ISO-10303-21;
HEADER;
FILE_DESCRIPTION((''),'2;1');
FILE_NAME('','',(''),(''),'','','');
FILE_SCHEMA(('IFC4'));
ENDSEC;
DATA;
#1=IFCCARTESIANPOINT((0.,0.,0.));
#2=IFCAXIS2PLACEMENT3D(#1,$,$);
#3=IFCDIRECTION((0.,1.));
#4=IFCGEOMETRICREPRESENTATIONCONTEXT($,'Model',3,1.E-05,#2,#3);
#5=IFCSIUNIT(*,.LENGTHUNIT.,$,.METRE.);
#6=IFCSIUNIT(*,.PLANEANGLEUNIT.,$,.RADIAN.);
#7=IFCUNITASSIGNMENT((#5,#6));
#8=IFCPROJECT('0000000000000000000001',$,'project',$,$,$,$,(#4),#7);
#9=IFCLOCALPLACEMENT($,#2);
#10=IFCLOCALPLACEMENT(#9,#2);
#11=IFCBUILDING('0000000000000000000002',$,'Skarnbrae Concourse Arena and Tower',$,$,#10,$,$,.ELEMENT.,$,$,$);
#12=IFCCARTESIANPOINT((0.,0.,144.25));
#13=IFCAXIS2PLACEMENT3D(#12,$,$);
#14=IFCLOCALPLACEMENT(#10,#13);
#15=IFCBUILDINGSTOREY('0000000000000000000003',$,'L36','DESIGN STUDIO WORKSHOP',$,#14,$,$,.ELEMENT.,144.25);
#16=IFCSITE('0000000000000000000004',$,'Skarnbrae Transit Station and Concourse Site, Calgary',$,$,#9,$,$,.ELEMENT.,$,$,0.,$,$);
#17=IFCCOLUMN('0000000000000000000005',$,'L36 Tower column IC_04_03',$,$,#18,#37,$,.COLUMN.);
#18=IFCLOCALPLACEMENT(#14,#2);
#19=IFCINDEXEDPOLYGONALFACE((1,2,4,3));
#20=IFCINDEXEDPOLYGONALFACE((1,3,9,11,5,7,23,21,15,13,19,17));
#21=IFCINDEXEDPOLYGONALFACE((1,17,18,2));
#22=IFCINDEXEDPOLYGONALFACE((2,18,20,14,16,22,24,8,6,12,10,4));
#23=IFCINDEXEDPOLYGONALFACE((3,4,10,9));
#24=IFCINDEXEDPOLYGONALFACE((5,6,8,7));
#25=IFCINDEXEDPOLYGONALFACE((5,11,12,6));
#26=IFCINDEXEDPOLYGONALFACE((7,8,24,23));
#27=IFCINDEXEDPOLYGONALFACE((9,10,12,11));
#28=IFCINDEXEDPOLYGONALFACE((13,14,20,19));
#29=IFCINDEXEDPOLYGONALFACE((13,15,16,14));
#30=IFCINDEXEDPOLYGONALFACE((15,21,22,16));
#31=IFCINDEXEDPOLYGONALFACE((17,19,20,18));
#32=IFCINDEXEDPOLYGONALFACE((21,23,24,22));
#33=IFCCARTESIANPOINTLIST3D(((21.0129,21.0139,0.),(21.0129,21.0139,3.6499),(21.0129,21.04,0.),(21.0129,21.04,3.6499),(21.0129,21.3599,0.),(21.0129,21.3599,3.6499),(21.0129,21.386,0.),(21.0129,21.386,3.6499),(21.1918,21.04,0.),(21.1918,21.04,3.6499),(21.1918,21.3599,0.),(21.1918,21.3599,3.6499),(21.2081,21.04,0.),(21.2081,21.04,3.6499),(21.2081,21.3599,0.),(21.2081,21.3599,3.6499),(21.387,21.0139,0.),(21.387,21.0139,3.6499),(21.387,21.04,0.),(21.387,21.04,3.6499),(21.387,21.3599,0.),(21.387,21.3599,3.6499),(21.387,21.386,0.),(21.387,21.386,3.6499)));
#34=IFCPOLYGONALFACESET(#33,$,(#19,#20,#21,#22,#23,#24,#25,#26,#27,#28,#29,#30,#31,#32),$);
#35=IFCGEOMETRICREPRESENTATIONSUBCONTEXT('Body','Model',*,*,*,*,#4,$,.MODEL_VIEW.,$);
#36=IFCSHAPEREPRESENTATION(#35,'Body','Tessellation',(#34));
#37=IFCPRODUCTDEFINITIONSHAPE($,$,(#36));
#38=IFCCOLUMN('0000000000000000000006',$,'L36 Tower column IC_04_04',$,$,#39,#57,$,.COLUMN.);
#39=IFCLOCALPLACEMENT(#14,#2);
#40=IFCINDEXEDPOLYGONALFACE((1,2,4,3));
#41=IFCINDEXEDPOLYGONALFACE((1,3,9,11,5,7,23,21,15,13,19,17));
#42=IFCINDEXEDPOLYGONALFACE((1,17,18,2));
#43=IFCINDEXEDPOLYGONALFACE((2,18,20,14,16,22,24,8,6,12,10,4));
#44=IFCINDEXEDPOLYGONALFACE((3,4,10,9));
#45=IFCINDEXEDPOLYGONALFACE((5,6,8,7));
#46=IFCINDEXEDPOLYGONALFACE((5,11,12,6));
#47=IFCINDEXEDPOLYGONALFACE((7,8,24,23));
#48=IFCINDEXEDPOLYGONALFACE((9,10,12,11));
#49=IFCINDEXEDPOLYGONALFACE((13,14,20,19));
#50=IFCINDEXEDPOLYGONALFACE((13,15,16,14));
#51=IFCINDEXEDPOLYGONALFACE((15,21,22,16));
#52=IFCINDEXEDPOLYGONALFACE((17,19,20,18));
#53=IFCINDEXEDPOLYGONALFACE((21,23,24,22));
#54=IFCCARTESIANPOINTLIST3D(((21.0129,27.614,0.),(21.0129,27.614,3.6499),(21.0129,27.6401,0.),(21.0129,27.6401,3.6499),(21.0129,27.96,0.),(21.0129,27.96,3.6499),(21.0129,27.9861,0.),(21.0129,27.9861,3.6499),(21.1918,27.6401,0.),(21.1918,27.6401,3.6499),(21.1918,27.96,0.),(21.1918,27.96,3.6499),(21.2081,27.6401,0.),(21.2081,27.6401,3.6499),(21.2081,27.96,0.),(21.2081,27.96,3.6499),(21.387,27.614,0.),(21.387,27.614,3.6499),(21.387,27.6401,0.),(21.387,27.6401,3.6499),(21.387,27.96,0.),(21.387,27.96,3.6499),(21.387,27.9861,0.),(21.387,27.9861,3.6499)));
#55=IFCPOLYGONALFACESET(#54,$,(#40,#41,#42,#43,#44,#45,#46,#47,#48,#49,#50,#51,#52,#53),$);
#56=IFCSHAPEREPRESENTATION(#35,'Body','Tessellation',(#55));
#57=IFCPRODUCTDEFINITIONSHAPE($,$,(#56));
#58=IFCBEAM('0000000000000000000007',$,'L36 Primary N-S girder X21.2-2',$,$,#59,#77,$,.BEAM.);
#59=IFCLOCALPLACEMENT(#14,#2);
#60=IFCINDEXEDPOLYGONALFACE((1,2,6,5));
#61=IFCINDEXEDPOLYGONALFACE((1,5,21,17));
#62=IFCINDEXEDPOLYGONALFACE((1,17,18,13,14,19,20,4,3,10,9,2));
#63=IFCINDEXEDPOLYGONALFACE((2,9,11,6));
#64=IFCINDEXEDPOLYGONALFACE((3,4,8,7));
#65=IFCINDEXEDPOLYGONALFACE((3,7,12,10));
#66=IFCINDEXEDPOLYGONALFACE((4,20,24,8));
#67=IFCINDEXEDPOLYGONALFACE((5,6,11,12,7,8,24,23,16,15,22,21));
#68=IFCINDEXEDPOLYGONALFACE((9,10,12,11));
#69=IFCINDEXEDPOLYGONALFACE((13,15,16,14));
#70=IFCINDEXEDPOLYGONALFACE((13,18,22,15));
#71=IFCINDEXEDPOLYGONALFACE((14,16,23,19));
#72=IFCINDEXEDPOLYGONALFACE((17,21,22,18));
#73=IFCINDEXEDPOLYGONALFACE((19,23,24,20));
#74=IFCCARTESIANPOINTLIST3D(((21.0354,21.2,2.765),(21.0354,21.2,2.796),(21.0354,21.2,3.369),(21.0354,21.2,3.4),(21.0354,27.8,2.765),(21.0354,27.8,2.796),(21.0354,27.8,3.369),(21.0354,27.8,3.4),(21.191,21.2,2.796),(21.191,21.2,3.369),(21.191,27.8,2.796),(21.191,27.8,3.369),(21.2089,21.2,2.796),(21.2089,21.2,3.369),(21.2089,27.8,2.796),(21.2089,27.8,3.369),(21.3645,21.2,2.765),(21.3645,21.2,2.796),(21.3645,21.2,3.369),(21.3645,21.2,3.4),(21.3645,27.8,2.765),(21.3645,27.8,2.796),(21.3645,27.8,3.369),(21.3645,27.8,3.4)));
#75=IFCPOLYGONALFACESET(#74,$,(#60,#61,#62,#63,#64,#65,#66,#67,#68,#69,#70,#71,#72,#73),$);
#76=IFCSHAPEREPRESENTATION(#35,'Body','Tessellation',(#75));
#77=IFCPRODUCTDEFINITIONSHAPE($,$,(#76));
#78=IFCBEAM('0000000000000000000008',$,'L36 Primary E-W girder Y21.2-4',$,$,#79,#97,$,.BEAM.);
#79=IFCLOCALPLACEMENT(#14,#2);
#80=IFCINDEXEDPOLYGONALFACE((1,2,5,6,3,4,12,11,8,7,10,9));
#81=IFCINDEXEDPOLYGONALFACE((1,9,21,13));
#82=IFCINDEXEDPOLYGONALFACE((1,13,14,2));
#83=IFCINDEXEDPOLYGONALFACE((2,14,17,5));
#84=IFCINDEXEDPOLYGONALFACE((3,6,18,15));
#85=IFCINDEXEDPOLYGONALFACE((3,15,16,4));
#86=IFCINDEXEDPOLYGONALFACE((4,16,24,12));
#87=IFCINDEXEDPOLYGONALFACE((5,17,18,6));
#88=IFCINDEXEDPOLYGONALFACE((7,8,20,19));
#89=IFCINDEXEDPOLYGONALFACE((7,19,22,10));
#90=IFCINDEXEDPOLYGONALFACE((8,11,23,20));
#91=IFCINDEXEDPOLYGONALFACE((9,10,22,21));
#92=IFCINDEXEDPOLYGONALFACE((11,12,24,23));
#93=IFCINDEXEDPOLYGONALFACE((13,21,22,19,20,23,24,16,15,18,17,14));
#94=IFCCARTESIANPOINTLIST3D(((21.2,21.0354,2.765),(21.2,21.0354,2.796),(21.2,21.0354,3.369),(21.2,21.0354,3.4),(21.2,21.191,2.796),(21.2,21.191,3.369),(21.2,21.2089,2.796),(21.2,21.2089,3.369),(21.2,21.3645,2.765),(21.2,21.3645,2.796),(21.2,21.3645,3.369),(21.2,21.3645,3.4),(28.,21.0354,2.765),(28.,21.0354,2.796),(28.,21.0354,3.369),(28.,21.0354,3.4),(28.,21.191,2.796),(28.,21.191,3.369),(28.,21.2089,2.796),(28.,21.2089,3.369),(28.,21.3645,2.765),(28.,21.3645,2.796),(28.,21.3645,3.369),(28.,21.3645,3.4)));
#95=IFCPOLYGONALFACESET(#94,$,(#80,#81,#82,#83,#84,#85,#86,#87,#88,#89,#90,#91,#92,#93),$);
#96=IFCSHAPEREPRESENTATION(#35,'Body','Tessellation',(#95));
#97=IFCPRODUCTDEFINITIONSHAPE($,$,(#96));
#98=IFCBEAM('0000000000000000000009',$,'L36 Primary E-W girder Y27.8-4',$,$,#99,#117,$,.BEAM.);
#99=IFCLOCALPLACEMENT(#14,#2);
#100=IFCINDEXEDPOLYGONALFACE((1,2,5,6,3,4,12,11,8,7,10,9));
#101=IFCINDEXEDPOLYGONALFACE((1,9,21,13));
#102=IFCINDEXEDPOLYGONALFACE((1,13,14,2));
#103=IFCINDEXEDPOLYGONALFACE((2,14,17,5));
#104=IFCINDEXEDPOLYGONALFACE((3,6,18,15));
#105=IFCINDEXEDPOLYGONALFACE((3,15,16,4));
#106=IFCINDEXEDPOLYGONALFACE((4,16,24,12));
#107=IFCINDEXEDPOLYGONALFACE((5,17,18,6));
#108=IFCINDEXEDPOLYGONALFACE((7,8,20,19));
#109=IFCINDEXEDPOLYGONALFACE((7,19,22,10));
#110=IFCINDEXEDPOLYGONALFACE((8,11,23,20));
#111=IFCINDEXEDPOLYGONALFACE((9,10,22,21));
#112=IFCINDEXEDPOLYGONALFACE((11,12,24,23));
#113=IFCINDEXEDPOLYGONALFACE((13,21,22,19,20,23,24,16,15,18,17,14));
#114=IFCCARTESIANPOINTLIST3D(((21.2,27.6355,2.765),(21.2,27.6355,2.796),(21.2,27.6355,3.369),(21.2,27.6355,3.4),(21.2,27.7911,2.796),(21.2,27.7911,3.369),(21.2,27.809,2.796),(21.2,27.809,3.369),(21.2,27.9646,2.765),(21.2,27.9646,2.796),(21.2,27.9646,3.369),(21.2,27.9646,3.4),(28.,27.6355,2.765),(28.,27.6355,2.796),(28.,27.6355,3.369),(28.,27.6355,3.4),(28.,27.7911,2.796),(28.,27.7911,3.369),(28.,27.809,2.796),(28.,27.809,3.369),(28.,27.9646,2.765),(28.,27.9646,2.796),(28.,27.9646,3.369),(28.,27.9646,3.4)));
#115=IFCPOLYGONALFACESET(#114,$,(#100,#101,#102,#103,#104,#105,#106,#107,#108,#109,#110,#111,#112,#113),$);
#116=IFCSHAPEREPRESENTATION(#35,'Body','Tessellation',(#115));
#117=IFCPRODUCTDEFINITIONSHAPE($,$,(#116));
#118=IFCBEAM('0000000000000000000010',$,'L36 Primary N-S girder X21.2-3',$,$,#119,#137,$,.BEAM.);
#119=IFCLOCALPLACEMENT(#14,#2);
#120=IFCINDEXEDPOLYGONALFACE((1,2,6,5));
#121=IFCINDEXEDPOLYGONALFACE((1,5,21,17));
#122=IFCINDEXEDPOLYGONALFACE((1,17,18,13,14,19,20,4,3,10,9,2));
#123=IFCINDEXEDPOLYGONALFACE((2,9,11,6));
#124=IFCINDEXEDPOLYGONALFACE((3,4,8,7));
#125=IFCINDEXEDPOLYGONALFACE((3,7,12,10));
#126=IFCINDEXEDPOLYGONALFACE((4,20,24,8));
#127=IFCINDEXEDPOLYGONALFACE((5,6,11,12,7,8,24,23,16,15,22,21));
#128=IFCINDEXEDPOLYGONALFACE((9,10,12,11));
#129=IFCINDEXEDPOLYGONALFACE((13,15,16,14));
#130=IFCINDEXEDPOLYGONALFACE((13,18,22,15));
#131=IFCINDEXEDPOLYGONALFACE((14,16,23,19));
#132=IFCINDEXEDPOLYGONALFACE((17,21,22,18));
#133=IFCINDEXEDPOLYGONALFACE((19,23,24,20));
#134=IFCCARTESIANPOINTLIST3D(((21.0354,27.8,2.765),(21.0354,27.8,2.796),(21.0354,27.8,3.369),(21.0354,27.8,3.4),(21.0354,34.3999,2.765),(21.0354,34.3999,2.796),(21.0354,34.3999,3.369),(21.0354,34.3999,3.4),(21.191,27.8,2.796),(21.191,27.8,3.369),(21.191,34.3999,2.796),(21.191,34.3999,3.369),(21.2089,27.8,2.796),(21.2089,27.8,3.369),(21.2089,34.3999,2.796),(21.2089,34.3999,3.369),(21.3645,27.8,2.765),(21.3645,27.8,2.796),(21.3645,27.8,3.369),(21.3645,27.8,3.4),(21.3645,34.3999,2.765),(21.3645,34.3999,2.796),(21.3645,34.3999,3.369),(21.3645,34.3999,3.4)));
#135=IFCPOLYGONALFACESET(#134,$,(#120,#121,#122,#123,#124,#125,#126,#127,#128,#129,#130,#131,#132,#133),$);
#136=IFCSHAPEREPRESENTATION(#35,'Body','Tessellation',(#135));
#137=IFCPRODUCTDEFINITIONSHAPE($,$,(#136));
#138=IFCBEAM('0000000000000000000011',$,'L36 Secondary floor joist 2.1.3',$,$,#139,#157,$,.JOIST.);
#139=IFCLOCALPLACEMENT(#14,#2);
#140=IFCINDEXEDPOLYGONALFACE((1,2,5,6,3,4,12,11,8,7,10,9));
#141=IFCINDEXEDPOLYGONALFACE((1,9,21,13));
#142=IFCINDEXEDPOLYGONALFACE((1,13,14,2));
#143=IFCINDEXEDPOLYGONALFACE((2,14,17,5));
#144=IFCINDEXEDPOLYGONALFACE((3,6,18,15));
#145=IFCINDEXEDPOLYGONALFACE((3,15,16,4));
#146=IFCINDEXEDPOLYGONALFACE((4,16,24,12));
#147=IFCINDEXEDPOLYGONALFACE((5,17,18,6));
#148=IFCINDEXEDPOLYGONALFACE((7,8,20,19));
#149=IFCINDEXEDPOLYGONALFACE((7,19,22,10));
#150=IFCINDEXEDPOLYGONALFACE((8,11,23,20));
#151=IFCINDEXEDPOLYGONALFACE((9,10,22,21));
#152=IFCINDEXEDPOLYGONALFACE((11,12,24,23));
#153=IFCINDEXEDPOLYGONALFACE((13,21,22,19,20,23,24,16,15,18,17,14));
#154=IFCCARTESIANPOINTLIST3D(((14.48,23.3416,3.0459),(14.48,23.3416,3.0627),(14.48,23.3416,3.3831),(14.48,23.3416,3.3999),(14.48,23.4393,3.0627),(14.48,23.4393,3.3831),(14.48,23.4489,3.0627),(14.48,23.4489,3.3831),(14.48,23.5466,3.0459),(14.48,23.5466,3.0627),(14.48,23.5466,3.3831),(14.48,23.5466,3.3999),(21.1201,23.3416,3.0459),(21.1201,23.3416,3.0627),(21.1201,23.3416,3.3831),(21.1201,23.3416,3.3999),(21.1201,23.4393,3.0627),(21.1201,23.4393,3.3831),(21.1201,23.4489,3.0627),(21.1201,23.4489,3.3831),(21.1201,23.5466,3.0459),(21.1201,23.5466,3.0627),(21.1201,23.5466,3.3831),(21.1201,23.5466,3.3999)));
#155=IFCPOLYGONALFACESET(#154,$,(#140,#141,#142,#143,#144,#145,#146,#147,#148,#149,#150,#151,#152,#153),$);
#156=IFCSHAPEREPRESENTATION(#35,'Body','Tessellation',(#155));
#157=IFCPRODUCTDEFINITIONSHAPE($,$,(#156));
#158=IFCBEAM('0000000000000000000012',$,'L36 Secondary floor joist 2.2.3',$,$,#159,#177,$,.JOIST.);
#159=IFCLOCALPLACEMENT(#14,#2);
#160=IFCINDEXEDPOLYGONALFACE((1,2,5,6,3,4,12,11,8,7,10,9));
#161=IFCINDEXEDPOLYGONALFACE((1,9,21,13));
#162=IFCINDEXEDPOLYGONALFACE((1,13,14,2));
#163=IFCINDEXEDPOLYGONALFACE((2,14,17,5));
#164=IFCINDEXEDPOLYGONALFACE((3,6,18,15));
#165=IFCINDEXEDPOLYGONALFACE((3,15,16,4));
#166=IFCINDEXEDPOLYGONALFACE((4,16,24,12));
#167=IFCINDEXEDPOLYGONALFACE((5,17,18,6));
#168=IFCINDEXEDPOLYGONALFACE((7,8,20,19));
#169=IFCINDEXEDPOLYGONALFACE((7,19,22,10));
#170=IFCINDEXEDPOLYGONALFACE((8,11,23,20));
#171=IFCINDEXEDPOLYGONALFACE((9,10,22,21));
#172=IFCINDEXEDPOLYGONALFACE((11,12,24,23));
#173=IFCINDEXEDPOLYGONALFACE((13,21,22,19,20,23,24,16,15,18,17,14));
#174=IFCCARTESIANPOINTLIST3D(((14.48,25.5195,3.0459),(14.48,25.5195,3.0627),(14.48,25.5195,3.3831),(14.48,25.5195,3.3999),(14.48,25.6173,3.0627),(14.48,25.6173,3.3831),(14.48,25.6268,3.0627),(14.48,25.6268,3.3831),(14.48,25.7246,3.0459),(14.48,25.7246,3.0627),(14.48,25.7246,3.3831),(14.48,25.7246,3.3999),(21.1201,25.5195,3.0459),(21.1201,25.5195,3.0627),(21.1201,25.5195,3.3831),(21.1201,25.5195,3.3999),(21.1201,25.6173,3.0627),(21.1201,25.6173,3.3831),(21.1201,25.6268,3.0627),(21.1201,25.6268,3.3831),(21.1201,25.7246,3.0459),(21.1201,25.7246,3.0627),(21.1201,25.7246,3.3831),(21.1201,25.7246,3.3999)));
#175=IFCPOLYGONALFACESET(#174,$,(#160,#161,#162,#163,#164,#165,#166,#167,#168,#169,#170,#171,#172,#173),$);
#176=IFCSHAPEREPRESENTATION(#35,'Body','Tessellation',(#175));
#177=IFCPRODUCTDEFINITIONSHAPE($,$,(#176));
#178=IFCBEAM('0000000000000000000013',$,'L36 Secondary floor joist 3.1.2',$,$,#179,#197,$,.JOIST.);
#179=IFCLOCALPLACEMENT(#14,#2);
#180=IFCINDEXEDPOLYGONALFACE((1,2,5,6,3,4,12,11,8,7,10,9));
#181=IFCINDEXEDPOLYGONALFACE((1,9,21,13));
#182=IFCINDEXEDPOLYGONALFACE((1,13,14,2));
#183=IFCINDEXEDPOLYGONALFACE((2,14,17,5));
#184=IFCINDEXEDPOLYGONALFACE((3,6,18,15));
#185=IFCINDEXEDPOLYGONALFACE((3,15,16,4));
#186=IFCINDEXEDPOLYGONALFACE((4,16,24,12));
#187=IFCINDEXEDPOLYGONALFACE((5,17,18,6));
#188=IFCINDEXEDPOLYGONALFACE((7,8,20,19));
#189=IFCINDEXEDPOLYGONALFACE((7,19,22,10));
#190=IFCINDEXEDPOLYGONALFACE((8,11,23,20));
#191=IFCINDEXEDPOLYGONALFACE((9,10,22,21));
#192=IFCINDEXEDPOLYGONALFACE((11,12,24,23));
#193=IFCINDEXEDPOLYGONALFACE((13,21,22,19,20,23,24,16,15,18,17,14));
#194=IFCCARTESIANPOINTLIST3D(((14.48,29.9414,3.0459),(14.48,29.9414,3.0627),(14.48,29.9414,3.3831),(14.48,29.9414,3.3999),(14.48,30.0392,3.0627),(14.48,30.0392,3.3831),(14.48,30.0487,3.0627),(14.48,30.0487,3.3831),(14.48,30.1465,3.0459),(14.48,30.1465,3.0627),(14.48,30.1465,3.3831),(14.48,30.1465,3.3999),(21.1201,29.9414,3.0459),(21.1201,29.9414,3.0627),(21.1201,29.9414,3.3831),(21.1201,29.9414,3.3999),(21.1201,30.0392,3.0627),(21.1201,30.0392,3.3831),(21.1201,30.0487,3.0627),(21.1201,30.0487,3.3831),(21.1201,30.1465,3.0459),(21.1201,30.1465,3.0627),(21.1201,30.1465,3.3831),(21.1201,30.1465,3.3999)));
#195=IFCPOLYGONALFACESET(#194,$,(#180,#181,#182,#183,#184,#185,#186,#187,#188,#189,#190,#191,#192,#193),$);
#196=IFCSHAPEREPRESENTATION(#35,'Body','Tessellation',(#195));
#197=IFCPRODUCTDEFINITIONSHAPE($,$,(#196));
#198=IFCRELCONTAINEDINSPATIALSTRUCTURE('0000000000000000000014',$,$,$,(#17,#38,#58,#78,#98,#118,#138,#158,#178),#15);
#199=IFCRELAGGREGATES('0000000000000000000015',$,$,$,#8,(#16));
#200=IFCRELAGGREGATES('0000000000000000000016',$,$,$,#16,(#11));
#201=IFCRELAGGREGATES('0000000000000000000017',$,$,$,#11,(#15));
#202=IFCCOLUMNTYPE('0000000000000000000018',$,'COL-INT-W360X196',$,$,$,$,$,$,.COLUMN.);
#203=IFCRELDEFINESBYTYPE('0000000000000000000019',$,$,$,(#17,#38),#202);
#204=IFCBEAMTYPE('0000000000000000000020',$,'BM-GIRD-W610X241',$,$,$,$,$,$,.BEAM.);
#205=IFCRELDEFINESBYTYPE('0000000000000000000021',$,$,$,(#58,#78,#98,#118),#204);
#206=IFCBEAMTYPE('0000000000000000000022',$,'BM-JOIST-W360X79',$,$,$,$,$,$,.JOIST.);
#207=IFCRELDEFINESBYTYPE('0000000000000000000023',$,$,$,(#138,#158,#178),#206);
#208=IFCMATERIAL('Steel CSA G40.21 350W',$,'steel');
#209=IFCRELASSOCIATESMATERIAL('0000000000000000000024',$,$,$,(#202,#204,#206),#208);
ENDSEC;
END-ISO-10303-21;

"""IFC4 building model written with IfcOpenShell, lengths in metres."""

from ifc_helpers import new_model, si_unit, direction, frame, origin, origin_2d, place, context, subcontext, project, spatial, i_section, extrude, source, transform, mapped, material, material_profile, profile_set, type_object, element, save


model = new_model("IFC4")

# Units and contexts
model_context = context("Model", 3, precision=1e-05, world=origin(), true_north=direction((0.0, 1.0)))
body_context = subcontext(model_context, "Body", "Model", "MODEL_VIEW")
ifc_project = project(units=[si_unit("LENGTHUNIT", "METRE"), si_unit("PLANEANGLEUNIT", "RADIAN")], contexts=[model_context])

# Site, building, storey
site_placement = place(None, origin())
site = spatial("IfcSite", under=ifc_project, at=site_placement, Name="Skarnbrae Transit Station and Concourse Site, Calgary", CompositionType="ELEMENT", RefElevation=0.0)
building_placement = place(site_placement, origin())
building = spatial("IfcBuilding", under=site, at=building_placement, Name="Skarnbrae Concourse Arena and Tower", CompositionType="ELEMENT")
storey_placement = place(building_placement, frame((0.0, 0.0, 144.25)))
storey = spatial("IfcBuildingStorey", under=building, at=storey_placement, Name="L36", Description="DESIGN STUDIO WORKSHOP", CompositionType="ELEMENT", Elevation=144.25)

# Columns
ifc_material_1 = material(Name="Steel CSA G40.21 350W", Category="steel")
ifc_material_profile_1 = material_profile(ifc_material_1, i_section(OverallWidth=0.374, OverallDepth=0.3721, WebThickness=0.0164, FlangeThickness=0.0261, at=origin_2d()), Name="W360X196")
ifc_profile_set_1 = profile_set([ifc_material_profile_1], Name="Steel CSA G40.21 350W")
column_type = type_object("IfcColumnType", Name="COL-INT-W360X196", PredefinedType="COLUMN", material=ifc_profile_set_1)
shared_shape_1 = source(origin(), body_context, "Body", "SweptSolid", [
    extrude(i_section(OverallWidth=0.374, OverallDepth=0.3721, WebThickness=0.0164, FlangeThickness=0.0261, at=origin_2d()), origin(), (0.0, 0.0, 1.0), 3.6499),
])
for number, where, z_axis, x_axis, name in (
    (1, (21.2, 21.2, 0.0), (0.0, 0.0, 1.0), (1.0, 0.0, 0.0), "L36 Tower column IC_04_03"),
    (2, (21.2, 27.8, 0.0), (0.0, 0.0, 1.0), (1.0, 0.0, 0.0), "L36 Tower column IC_04_04"),
):
    element("IfcColumn", number, at=place(storey_placement, frame(where, z_axis=z_axis, x_axis=x_axis)), inside=storey, type_object=column_type, Name=name, PredefinedType="COLUMN", context=body_context, shape_type="MappedRepresentation", body=[
        mapped(shared_shape_1, transform((0.0, 0.0, 0.0))),
    ])

# Beams
ifc_material_profile_2 = material_profile(ifc_material_1, i_section(OverallWidth=0.3291, OverallDepth=0.635, WebThickness=0.0178, FlangeThickness=0.031, at=origin_2d()), Name="W610X241")
ifc_profile_set_2 = profile_set([ifc_material_profile_2], Name="Steel CSA G40.21 350W")
beam_type_1 = type_object("IfcBeamType", Name="BM-GIRD-W610X241", PredefinedType="BEAM", material=ifc_profile_set_2)
shared_shape_2 = source(origin(), body_context, "Body", "SweptSolid", [
    extrude(i_section(OverallWidth=0.3291, OverallDepth=0.635, WebThickness=0.0178, FlangeThickness=0.031, at=origin_2d()), origin(), (0.0, 0.0, 1.0), 6.6001),
])
beam_1_placement = place(storey_placement, frame((21.2, 21.2, 3.0825), z_axis=(0.0, 1.0, 0.0), x_axis=(-1.0, 0.0, 0.0)))
element("IfcBeam", 3, at=beam_1_placement, inside=storey, type_object=beam_type_1, Name="L36 Primary N-S girder X21.2-2", PredefinedType="BEAM", context=body_context, shape_type="MappedRepresentation", body=[
    mapped(shared_shape_2, transform((0.0, 0.0, 0.0))),
])
shared_shape_3 = source(origin(), body_context, "Body", "SweptSolid", [
    extrude(i_section(OverallWidth=0.3291, OverallDepth=0.635, WebThickness=0.0178, FlangeThickness=0.031, at=origin_2d()), origin(), (0.0, 0.0, 1.0), 6.8),
])
for number, where, z_axis, x_axis, name in (
    (4, (21.2, 21.2, 3.0825), (1.0, 0.0, 0.0), (0.0, 1.0, 0.0), "L36 Primary E-W girder Y21.2-4"),
    (5, (21.2, 27.8, 3.0825), (1.0, 0.0, 0.0), (0.0, 1.0, 0.0), "L36 Primary E-W girder Y27.8-4"),
):
    element("IfcBeam", number, at=place(storey_placement, frame(where, z_axis=z_axis, x_axis=x_axis)), inside=storey, type_object=beam_type_1, Name=name, PredefinedType="BEAM", context=body_context, shape_type="MappedRepresentation", body=[
        mapped(shared_shape_3, transform((0.0, 0.0, 0.0))),
    ])
shared_shape_4 = source(origin(), body_context, "Body", "SweptSolid", [
    extrude(i_section(OverallWidth=0.3291, OverallDepth=0.635, WebThickness=0.0178, FlangeThickness=0.031, at=origin_2d()), origin(), (0.0, 0.0, 1.0), 6.5999),
])
beam_2_placement = place(storey_placement, frame((21.2, 27.8, 3.0825), z_axis=(0.0, 1.0, 0.0), x_axis=(-1.0, 0.0, 0.0)))
element("IfcBeam", 6, at=beam_2_placement, inside=storey, type_object=beam_type_1, Name="L36 Primary N-S girder X21.2-3", PredefinedType="BEAM", context=body_context, shape_type="MappedRepresentation", body=[
    mapped(shared_shape_4, transform((0.0, 0.0, 0.0))),
])
ifc_material_profile_3 = material_profile(ifc_material_1, i_section(OverallWidth=0.2051, OverallDepth=0.354, WebThickness=0.0095, FlangeThickness=0.0168, at=origin_2d()), Name="W360X79")
ifc_profile_set_3 = profile_set([ifc_material_profile_3], Name="Steel CSA G40.21 350W")
beam_type_2 = type_object("IfcBeamType", Name="BM-JOIST-W360X79", PredefinedType="JOIST", material=ifc_profile_set_3)
shared_shape_5 = source(origin(), body_context, "Body", "SweptSolid", [
    extrude(i_section(OverallWidth=0.2051, OverallDepth=0.354, WebThickness=0.0095, FlangeThickness=0.0168, at=origin_2d()), origin(), (0.0, 0.0, 1.0), 6.6401),
])
for number, where, z_axis, x_axis, name in (
    (7, (14.48, 23.4441, 3.2229), (1.0, 0.0, 0.0), (0.0, 1.0, 0.0), "L36 Secondary floor joist 2.1.3"),
    (8, (14.48, 25.6221, 3.2229), (1.0, 0.0, 0.0), (0.0, 1.0, 0.0), "L36 Secondary floor joist 2.2.3"),
    (9, (14.48, 30.0439, 3.2229), (1.0, 0.0, 0.0), (0.0, 1.0, 0.0), "L36 Secondary floor joist 3.1.2"),
):
    element("IfcBeam", number, at=place(storey_placement, frame(where, z_axis=z_axis, x_axis=x_axis)), inside=storey, type_object=beam_type_2, Name=name, PredefinedType="JOIST", context=body_context, shape_type="MappedRepresentation", body=[
        mapped(shared_shape_5, transform((0.0, 0.0, 0.0))),
    ])

save(model, "model.ifc")
